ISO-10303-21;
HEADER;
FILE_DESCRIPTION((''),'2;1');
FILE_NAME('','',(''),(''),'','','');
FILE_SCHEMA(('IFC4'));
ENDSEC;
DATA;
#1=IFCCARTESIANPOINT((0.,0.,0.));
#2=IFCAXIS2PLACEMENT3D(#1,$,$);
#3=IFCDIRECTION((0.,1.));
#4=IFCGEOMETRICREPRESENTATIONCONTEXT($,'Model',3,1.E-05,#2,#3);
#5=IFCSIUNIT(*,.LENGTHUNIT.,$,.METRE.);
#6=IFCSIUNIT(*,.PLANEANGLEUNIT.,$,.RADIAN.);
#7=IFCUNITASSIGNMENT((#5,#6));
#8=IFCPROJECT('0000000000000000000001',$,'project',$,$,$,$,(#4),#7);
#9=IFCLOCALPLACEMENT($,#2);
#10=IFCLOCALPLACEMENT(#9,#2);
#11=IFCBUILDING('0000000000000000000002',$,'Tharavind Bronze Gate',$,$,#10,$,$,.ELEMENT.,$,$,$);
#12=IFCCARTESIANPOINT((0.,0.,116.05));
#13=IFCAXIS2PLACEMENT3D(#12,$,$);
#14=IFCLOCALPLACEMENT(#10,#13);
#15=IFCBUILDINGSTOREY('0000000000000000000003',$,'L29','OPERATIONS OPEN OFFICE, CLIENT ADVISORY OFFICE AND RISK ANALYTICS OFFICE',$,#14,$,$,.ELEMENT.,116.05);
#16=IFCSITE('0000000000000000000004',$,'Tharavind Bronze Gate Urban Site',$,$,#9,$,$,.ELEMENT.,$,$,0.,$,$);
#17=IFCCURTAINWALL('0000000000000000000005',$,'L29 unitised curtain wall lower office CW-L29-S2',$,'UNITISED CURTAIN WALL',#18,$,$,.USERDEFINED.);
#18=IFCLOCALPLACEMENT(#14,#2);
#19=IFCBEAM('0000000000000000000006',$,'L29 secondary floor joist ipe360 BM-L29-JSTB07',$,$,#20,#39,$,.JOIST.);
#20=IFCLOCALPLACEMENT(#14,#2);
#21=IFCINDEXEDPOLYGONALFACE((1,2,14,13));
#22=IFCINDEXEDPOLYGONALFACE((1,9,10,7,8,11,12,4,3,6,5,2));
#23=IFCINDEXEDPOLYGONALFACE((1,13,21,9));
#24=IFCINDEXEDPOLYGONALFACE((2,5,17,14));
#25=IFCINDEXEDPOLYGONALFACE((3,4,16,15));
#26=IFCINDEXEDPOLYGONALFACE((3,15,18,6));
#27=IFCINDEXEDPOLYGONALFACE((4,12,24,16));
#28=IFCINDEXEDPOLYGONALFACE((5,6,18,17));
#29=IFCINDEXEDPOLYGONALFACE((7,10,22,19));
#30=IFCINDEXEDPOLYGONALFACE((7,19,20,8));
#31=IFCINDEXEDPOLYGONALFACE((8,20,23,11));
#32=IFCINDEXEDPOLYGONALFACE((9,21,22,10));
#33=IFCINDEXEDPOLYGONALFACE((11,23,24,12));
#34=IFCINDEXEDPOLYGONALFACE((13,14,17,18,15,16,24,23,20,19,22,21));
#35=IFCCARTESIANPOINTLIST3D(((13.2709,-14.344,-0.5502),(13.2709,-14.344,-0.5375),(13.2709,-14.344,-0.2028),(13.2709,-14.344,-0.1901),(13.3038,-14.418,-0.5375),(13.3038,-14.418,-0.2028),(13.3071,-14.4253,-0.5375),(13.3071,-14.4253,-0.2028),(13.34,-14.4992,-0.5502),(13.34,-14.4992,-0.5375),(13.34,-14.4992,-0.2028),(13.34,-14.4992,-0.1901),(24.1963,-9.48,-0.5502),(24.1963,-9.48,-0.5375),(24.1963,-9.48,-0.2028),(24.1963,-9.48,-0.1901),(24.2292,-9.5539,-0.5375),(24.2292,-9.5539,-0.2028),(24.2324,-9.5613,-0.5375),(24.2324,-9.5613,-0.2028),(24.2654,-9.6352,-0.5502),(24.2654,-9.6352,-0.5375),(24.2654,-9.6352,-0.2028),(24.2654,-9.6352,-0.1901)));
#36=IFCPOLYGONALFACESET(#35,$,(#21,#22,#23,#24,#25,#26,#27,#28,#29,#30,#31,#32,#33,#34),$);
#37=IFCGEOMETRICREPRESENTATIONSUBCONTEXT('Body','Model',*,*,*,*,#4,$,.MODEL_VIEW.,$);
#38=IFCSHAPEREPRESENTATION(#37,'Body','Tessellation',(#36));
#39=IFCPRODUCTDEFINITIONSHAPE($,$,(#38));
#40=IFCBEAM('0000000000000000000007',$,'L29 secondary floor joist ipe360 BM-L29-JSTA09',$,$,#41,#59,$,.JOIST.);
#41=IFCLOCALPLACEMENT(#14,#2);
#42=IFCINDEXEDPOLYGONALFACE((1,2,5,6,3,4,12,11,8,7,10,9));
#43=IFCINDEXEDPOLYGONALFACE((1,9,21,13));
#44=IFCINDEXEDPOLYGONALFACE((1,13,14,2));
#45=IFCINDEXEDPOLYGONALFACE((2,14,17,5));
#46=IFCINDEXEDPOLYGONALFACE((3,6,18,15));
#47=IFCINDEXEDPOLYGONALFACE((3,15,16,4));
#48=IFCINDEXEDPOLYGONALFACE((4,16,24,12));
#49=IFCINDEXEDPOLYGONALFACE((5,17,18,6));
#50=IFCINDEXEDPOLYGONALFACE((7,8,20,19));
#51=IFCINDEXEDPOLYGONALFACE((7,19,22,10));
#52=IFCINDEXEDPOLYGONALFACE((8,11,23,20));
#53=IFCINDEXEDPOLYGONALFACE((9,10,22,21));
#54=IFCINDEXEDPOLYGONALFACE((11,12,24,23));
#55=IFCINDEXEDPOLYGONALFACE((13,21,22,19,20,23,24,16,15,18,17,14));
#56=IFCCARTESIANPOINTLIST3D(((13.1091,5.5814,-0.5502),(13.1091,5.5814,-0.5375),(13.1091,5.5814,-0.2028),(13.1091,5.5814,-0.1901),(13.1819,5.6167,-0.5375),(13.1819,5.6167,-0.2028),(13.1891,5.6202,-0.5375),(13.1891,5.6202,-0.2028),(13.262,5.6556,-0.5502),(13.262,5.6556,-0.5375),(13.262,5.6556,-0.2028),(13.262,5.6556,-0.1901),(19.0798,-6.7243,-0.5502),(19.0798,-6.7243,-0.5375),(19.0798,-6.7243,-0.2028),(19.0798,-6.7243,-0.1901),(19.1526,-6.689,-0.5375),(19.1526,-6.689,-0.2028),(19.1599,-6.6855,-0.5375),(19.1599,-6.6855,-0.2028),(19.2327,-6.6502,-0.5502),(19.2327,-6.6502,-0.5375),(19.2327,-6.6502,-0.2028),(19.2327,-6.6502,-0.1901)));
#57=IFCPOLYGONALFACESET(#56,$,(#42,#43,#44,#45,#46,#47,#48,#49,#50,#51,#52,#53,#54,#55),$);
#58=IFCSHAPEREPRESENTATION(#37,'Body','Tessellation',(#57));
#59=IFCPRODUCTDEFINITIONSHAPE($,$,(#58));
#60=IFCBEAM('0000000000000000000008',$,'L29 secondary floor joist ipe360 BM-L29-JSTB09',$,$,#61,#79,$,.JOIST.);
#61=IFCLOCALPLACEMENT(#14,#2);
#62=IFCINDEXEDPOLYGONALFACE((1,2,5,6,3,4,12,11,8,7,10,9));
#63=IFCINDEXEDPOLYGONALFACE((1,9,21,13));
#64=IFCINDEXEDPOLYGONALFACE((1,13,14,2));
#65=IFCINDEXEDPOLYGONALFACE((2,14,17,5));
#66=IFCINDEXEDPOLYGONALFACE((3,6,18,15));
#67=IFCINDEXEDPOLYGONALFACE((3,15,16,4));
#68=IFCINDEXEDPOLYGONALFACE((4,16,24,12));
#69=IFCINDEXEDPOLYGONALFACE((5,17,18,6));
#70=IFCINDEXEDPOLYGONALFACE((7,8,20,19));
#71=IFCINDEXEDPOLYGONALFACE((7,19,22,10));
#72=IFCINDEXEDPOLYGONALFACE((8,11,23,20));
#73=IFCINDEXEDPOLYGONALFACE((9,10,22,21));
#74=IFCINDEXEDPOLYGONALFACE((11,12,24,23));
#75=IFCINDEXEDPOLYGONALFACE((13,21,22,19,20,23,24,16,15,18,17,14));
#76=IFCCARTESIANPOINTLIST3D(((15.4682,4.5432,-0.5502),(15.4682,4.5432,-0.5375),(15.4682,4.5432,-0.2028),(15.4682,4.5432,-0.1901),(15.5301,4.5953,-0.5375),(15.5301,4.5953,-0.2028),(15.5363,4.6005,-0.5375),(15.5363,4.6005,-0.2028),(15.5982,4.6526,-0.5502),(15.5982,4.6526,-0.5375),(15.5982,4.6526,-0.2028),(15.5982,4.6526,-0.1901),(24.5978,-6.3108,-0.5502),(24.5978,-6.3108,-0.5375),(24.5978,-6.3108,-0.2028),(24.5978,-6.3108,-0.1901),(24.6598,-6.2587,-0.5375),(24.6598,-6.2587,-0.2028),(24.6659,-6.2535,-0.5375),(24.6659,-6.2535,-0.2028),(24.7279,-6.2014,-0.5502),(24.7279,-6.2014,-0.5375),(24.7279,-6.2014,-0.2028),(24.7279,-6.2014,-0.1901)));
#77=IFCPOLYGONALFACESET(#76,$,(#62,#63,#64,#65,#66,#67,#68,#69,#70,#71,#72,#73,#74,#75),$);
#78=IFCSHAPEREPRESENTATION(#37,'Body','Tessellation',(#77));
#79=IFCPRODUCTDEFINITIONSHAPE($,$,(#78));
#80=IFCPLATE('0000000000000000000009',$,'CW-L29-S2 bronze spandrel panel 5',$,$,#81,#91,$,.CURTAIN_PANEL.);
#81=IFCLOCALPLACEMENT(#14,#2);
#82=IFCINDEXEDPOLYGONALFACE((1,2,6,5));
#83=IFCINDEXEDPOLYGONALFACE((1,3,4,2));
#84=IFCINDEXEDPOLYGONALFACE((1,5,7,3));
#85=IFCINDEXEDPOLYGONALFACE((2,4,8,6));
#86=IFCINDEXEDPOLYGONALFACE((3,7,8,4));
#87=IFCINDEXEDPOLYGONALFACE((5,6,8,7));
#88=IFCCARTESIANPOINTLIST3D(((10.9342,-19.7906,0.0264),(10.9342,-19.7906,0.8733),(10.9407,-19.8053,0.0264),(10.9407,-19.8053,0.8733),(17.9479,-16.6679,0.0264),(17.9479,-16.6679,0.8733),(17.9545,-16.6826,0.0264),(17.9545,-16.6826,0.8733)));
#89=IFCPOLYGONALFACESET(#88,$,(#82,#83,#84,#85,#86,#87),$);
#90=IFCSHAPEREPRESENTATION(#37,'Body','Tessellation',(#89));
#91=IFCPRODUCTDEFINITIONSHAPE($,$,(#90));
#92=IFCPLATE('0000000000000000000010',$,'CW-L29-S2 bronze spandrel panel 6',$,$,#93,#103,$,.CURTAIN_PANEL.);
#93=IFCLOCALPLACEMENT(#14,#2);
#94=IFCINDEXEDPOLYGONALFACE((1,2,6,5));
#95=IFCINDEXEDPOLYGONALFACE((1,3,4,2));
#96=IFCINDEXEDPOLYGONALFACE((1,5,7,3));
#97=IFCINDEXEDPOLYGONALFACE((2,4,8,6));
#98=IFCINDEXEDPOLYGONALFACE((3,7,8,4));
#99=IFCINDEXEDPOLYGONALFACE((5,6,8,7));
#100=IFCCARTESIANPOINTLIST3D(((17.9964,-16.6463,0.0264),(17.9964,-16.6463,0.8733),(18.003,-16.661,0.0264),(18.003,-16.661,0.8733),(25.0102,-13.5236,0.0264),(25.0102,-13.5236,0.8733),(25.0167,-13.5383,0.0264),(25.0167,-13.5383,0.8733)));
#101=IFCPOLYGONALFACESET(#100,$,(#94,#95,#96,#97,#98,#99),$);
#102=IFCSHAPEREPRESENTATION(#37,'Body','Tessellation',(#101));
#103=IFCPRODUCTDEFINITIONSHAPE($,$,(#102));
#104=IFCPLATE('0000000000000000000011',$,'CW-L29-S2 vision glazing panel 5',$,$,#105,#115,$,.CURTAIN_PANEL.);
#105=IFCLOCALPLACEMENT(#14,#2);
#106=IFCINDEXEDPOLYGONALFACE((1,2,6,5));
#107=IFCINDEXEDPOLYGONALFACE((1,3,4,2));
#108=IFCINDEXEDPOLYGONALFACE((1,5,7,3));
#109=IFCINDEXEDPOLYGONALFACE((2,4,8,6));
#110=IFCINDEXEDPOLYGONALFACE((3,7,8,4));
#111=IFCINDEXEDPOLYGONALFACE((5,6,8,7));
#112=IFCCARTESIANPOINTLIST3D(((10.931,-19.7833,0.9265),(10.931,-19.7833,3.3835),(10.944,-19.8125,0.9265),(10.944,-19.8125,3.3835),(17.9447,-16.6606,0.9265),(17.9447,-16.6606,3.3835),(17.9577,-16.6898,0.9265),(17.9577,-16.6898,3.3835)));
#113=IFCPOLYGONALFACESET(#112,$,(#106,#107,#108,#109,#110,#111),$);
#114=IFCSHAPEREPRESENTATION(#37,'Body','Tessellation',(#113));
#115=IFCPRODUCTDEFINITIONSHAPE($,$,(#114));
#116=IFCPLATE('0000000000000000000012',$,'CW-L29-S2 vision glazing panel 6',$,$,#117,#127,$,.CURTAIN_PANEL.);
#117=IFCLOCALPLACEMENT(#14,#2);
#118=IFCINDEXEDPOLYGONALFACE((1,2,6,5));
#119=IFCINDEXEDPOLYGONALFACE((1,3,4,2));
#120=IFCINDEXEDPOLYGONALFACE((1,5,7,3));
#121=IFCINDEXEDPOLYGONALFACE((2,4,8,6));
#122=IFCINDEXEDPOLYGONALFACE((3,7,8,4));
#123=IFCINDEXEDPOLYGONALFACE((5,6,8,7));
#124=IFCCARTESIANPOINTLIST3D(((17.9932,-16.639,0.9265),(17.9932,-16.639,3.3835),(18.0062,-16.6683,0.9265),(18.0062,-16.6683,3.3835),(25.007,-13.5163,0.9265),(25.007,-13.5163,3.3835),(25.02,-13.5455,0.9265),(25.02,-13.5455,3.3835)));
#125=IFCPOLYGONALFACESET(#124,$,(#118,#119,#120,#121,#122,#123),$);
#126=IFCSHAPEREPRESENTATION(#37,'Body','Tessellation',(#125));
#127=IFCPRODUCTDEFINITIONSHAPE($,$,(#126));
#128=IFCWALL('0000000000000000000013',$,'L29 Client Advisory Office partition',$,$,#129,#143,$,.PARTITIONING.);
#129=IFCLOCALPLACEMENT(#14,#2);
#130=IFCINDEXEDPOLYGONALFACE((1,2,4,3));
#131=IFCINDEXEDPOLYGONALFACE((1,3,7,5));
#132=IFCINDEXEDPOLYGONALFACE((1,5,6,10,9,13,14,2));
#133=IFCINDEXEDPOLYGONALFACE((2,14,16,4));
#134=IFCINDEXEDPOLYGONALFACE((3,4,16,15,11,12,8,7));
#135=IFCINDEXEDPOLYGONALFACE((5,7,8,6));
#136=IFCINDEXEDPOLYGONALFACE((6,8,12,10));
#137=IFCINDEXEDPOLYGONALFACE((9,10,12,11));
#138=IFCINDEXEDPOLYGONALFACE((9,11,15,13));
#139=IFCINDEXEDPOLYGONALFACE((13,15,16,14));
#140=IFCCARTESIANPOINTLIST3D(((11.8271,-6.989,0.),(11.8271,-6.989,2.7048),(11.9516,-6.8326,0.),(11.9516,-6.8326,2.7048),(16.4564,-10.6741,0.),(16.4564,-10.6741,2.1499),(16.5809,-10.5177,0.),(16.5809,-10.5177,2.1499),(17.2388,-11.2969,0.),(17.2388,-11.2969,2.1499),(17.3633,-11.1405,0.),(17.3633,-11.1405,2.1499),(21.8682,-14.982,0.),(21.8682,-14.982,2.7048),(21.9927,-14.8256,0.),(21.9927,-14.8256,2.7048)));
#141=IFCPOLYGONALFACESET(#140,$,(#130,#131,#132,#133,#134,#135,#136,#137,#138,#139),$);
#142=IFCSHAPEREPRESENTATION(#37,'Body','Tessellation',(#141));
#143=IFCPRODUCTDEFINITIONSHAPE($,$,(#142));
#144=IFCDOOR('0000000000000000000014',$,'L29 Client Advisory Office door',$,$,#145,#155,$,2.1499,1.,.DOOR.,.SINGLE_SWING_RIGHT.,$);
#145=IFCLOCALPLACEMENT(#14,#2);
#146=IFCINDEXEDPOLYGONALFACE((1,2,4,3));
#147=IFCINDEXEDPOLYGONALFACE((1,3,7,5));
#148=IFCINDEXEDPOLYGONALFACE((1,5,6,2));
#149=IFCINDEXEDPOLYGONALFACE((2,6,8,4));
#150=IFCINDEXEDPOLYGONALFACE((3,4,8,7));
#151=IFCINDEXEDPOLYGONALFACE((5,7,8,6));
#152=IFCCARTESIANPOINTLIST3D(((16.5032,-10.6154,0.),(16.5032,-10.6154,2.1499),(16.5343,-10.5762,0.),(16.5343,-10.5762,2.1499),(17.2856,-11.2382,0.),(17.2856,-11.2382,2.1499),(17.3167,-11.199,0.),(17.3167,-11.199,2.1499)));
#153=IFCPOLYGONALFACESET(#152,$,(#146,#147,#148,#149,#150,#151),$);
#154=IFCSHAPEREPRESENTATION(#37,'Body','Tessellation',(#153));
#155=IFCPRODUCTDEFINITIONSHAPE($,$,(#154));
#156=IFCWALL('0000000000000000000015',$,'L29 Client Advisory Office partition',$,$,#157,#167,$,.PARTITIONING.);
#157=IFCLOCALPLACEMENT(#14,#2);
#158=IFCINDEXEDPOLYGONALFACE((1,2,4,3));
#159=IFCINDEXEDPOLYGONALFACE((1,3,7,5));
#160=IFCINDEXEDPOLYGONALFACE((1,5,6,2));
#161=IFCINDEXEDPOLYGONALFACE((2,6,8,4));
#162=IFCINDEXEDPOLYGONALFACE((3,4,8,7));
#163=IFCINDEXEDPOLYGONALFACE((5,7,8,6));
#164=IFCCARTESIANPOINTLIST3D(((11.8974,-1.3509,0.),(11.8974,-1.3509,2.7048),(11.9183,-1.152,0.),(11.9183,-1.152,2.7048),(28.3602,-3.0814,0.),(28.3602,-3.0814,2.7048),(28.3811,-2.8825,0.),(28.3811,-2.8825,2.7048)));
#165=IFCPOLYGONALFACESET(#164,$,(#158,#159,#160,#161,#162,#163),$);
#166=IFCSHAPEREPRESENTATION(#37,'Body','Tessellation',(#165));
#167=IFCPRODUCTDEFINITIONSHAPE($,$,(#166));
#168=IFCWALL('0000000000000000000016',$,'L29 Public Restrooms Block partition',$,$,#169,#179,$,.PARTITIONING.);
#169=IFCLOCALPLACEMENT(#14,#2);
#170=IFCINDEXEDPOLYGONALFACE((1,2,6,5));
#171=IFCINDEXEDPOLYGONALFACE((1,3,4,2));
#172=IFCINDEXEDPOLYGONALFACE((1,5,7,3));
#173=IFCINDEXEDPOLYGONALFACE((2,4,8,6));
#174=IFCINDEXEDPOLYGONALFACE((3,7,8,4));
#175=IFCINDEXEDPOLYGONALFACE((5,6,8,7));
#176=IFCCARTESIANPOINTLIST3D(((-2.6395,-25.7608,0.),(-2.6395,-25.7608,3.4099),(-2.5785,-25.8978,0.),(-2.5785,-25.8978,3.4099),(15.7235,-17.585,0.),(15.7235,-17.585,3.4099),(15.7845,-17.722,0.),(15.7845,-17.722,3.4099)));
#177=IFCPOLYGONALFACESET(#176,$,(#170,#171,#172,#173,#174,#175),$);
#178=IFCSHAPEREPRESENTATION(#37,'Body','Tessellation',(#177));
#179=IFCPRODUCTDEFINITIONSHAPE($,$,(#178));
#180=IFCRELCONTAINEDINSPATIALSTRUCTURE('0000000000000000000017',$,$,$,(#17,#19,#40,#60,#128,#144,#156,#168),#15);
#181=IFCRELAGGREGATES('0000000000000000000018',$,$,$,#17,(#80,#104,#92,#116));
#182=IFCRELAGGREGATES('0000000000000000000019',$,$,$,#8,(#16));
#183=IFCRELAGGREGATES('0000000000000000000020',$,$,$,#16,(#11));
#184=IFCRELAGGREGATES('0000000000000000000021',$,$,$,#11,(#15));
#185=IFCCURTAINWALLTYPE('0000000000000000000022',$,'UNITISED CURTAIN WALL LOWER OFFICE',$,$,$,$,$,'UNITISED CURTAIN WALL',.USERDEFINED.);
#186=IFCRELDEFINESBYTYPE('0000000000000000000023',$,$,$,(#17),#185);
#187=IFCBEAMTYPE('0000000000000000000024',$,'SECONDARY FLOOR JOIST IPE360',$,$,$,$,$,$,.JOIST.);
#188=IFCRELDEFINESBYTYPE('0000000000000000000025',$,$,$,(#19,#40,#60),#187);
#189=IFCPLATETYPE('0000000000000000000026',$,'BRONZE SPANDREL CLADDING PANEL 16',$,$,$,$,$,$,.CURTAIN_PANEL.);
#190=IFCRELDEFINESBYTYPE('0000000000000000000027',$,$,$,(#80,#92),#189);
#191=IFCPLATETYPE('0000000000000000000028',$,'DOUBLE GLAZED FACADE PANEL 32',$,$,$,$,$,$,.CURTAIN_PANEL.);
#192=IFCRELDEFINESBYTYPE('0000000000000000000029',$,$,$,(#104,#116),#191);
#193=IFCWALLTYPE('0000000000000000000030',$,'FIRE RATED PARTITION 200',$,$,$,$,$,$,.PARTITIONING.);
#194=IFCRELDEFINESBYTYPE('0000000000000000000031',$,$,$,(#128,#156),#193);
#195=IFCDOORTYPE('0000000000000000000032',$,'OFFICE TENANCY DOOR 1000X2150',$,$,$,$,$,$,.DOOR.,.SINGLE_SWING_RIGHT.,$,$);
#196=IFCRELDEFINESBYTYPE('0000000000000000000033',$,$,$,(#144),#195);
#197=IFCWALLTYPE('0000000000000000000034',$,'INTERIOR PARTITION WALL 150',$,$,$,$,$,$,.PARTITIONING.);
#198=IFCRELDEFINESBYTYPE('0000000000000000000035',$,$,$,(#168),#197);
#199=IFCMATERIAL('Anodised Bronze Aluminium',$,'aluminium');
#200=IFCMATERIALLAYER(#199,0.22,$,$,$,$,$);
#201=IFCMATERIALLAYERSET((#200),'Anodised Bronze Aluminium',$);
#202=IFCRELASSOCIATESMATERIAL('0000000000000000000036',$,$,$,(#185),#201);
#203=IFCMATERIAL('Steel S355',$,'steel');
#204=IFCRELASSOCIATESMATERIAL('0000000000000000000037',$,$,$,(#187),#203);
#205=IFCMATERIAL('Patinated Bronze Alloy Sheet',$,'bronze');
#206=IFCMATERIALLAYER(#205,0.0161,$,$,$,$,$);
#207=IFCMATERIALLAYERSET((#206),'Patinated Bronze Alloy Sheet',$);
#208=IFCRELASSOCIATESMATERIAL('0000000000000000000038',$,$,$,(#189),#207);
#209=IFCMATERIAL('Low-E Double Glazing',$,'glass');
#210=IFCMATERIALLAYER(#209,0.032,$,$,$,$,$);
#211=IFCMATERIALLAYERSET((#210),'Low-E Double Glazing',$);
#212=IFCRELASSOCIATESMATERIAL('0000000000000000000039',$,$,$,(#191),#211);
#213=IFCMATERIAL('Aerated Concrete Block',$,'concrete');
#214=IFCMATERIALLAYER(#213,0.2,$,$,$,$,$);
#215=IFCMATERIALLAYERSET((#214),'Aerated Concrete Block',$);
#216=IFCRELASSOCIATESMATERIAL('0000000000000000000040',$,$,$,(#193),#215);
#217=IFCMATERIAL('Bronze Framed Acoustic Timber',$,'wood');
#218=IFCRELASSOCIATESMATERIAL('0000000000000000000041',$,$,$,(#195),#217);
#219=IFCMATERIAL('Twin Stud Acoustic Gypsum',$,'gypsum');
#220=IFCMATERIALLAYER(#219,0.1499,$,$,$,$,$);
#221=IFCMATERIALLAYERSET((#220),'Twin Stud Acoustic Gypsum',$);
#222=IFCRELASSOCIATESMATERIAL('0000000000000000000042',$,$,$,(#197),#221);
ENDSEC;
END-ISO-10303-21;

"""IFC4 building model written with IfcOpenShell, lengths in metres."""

from ifc_helpers import new_model, si_unit, direction, frame, frame_2d, origin, origin_2d, place, context, subcontext, project, spatial, rectangle, i_section, extrude, material, layer, layer_set, material_profile, profile_set, type_object, element, fill, aggregate, save


model = new_model("IFC4")

# Units and contexts
model_context = context("Model", 3, precision=1e-05, world=origin(), true_north=direction((0.0, 1.0)))
body_context = subcontext(model_context, "Body", "Model", "MODEL_VIEW")
ifc_project = project(units=[si_unit("LENGTHUNIT", "METRE"), si_unit("PLANEANGLEUNIT", "RADIAN")], contexts=[model_context])

# Site, building, storey
site_placement = place(None, origin())
site = spatial("IfcSite", under=ifc_project, at=site_placement, Name="Tharavind Bronze Gate Urban Site", CompositionType="ELEMENT", RefElevation=0.0)
building_placement = place(site_placement, origin())
building = spatial("IfcBuilding", under=site, at=building_placement, Name="Tharavind Bronze Gate", CompositionType="ELEMENT")
storey_placement = place(building_placement, frame((0.0, 0.0, 116.05)))
storey = spatial("IfcBuildingStorey", under=building, at=storey_placement, Name="L29", Description="OPERATIONS OPEN OFFICE, CLIENT ADVISORY OFFICE AND RISK ANALYTICS OFFICE", CompositionType="ELEMENT", Elevation=116.05)

# Curtain wall
ifc_material_1 = material(Name="Anodised Bronze Aluminium", Category="aluminium")
ifc_layer_1 = layer(ifc_material_1, 0.22)
ifc_layer_set_1 = layer_set([ifc_layer_1], Name="Anodised Bronze Aluminium")
curtain_wall_type = type_object("IfcCurtainWallType", Name="UNITISED CURTAIN WALL LOWER OFFICE", ElementType="UNITISED CURTAIN WALL", PredefinedType="USERDEFINED", material=ifc_layer_set_1)
curtain_wall_placement = place(storey_placement, origin())
curtain_wall = element("IfcCurtainWall", 1, at=curtain_wall_placement, inside=storey, type_object=curtain_wall_type, Name="L29 unitised curtain wall lower office CW-L29-S2", ObjectType="UNITISED CURTAIN WALL", PredefinedType="USERDEFINED")

# Beams
ifc_material_2 = material(Name="Steel S355", Category="steel")
ifc_material_profile_1 = material_profile(ifc_material_2, i_section(OverallWidth=0.1699, OverallDepth=0.3601, WebThickness=0.0081, FlangeThickness=0.0127, at=origin_2d()), Name="IPE360")
ifc_profile_set_1 = profile_set([ifc_material_profile_1], Name="Steel S355")
beam_type_1 = type_object("IfcBeamType", Name="SECONDARY FLOOR JOIST IPE360", PredefinedType="JOIST", material=ifc_profile_set_1)
beam_1_placement = place(storey_placement, frame((13.3054, -14.4216, -0.3701), z_axis=(0.913553, 0.40672, 0.0), x_axis=(-0.40672, 0.913553, 0.0)))
element("IfcBeam", 2, at=beam_1_placement, inside=storey, type_object=beam_type_1, Name="L29 secondary floor joist ipe360 BM-L29-JSTB07", PredefinedType="JOIST", context=body_context, shape_type="SweptSolid", body=[
    extrude(i_section(OverallWidth=0.1699, OverallDepth=0.3601, WebThickness=0.0081, FlangeThickness=0.0127, at=origin_2d()), origin(), (0.0, 0.0, 1.0), 11.9592),
])
beam_2_placement = place(storey_placement, frame((19.1562, -6.6873, -0.3701), z_axis=(-0.436529, 0.89969, 0.0), x_axis=(-0.89969, -0.436529, 0.0)))
element("IfcBeam", 3, at=beam_2_placement, inside=storey, type_object=beam_type_1, Name="L29 secondary floor joist ipe360 BM-L29-JSTA09", PredefinedType="JOIST", context=body_context, shape_type="SweptSolid", body=[
    extrude(i_section(OverallWidth=0.1699, OverallDepth=0.3601, WebThickness=0.0081, FlangeThickness=0.0127, at=origin_2d()), origin(), (0.0, 0.0, 1.0), 13.6777),
])
beam_3_placement = place(storey_placement, frame((24.6628, -6.2561, -0.3701), z_axis=(-0.643699, 0.765278, 0.0), x_axis=(-0.765278, -0.643699, 0.0)))
element("IfcBeam", 4, at=beam_3_placement, inside=storey, type_object=beam_type_1, Name="L29 secondary floor joist ipe360 BM-L29-JSTB09", PredefinedType="JOIST", context=body_context, shape_type="SweptSolid", body=[
    extrude(i_section(OverallWidth=0.1699, OverallDepth=0.3601, WebThickness=0.0081, FlangeThickness=0.0127, at=origin_2d()), origin(), (0.0, 0.0, 1.0), 14.1831),
])

# Plates
ifc_material_3 = material(Name="Patinated Bronze Alloy Sheet", Category="bronze")
ifc_layer_2 = layer(ifc_material_3, 0.0161)
ifc_layer_set_2 = layer_set([ifc_layer_2], Name="Patinated Bronze Alloy Sheet")
plate_type_1 = type_object("IfcPlateType", Name="BRONZE SPANDREL CLADDING PANEL 16", PredefinedType="CURTAIN_PANEL", material=ifc_layer_set_2)
plate_1_placement = place(storey_placement, frame((14.4443, -18.2366, 0.0264), z_axis=(0.0, 0.0, 1.0), x_axis=(0.913545, 0.406737, 0.0)))
plate_1 = element("IfcPlate", 5, at=plate_1_placement, type_object=plate_type_1, Name="CW-L29-S2 bronze spandrel panel 5", PredefinedType="CURTAIN_PANEL", context=body_context, shape_type="SweptSolid", body=[
    extrude(rectangle(XDim=7.6775, YDim=0.0161, at=origin_2d()), origin(), (0.0, 0.0, 1.0), 0.8469),
])
plate_2_placement = place(storey_placement, frame((21.5066, -15.0923, 0.0264), z_axis=(0.0, 0.0, 1.0), x_axis=(0.913545, 0.406737, 0.0)))
plate_2 = element("IfcPlate", 6, at=plate_2_placement, type_object=plate_type_1, Name="CW-L29-S2 bronze spandrel panel 6", PredefinedType="CURTAIN_PANEL", context=body_context, shape_type="SweptSolid", body=[
    extrude(rectangle(XDim=7.6775, YDim=0.0161, at=origin_2d()), origin(), (0.0, 0.0, 1.0), 0.8469),
])
ifc_material_4 = material(Name="Low-E Double Glazing", Category="glass")
ifc_layer_3 = layer(ifc_material_4, 0.032)
ifc_layer_set_3 = layer_set([ifc_layer_3], Name="Low-E Double Glazing")
plate_type_2 = type_object("IfcPlateType", Name="DOUBLE GLAZED FACADE PANEL 32", PredefinedType="CURTAIN_PANEL", material=ifc_layer_set_3)
plate_3_placement = place(storey_placement, frame((14.4443, -18.2366, 0.9265), z_axis=(0.0, 0.0, 1.0), x_axis=(0.913545, 0.406737, 0.0)))
plate_3 = element("IfcPlate", 7, at=plate_3_placement, type_object=plate_type_2, Name="CW-L29-S2 vision glazing panel 5", PredefinedType="CURTAIN_PANEL", context=body_context, shape_type="SweptSolid", body=[
    extrude(rectangle(XDim=7.6775, YDim=0.032, at=origin_2d()), origin(), (0.0, 0.0, 1.0), 2.457),
])
plate_4_placement = place(storey_placement, frame((21.5066, -15.0923, 0.9265), z_axis=(0.0, 0.0, 1.0), x_axis=(0.913545, 0.406737, 0.0)))
plate_4 = element("IfcPlate", 8, at=plate_4_placement, type_object=plate_type_2, Name="CW-L29-S2 vision glazing panel 6", PredefinedType="CURTAIN_PANEL", context=body_context, shape_type="SweptSolid", body=[
    extrude(rectangle(XDim=7.6775, YDim=0.032, at=origin_2d()), origin(), (0.0, 0.0, 1.0), 2.457),
])
aggregate(curtain_wall, [plate_1, plate_3, plate_2, plate_4])

# Wall, opening, door
ifc_material_5 = material(Name="Aerated Concrete Block", Category="concrete")
ifc_layer_4 = layer(ifc_material_5, 0.2)
ifc_layer_set_4 = layer_set([ifc_layer_4], Name="Aerated Concrete Block")
wall_type_1 = type_object("IfcWallType", Name="FIRE RATED PARTITION 200", PredefinedType="PARTITIONING", material=ifc_layer_set_4)
wall_1_placement = place(storey_placement, frame((21.9304, -14.9038, 0.0), z_axis=(0.0, 0.0, 1.0), x_axis=(-0.782383, 0.622798, 0.0)))
wall_1 = element("IfcWall", 9, at=wall_1_placement, inside=storey, type_object=wall_type_1, Name="L29 Client Advisory Office partition", PredefinedType="PARTITIONING", context=body_context, shape_type="SweptSolid", body=[
    extrude(rectangle(XDim=12.834, YDim=0.2, at=frame_2d((6.417, 0.0))), origin(), (0.0, 0.0, 1.0), 2.7048),
])
opening_placement = place(wall_1_placement, frame((5.917, 0.0, 0.0)))
opening = element("IfcOpeningElement", 10, at=opening_placement, cuts=wall_1, PredefinedType="OPENING", context=body_context, shape_type="SweptSolid", body=[
    extrude(rectangle(XDim=1.0, YDim=2.1499, at=frame_2d((0.5, 1.075))), frame((0.0, 0.1101, 0.0), z_axis=(0.0, -1.0, 0.0), x_axis=(1.0, 0.0, 0.0)), (0.0, 0.0, 1.0), 0.22),
])
ifc_material_6 = material(Name="Bronze Framed Acoustic Timber", Category="wood")
door_type = type_object("IfcDoorType", Name="OFFICE TENANCY DOOR 1000X2150", OperationType="SINGLE_SWING_RIGHT", PredefinedType="DOOR", material=ifc_material_6)
door_placement = place(opening_placement, origin())
door = element("IfcDoor", 11, at=door_placement, inside=storey, type_object=door_type, Name="L29 Client Advisory Office door", OperationType="SINGLE_SWING_RIGHT", OverallHeight=2.1499, OverallWidth=1.0, PredefinedType="DOOR", context=body_context, shape_type="SweptSolid", body=[
    extrude(rectangle(XDim=1.0, YDim=2.1499, at=frame_2d((0.5, 1.075))), frame((0.0, 0.0249, 0.0), z_axis=(0.0, -1.0, 0.0), x_axis=(1.0, 0.0, 0.0)), (0.0, 0.0, 1.0), 0.05),
])
fill(opening, door)

# Walls
wall_2_placement = place(storey_placement, frame((11.9077, -1.2515, 0.0), z_axis=(0.0, 0.0, 1.0), x_axis=(0.994521, -0.104537, 0.0)))
element("IfcWall", 12, at=wall_2_placement, inside=storey, type_object=wall_type_1, Name="L29 Client Advisory Office partition", PredefinedType="PARTITIONING", context=body_context, shape_type="SweptSolid", body=[
    extrude(rectangle(XDim=16.5535, YDim=0.2, at=frame_2d((8.2769, 0.0))), origin(), (0.0, 0.0, 1.0), 2.7048),
])
ifc_material_7 = material(Name="Twin Stud Acoustic Gypsum", Category="gypsum")
ifc_layer_5 = layer(ifc_material_7, 0.1499)
ifc_layer_set_5 = layer_set([ifc_layer_5], Name="Twin Stud Acoustic Gypsum")
wall_type_2 = type_object("IfcWallType", Name="INTERIOR PARTITION WALL 150", PredefinedType="PARTITIONING", material=ifc_layer_set_5)
wall_3_placement = place(storey_placement, frame((15.7539, -17.6536, 0.0), z_axis=(0.0, 0.0, 1.0), x_axis=(-0.913545, -0.406738, 0.0)))
element("IfcWall", 13, at=wall_3_placement, inside=storey, type_object=wall_type_2, Name="L29 Public Restrooms Block partition", PredefinedType="PARTITIONING", context=body_context, shape_type="SweptSolid", body=[
    extrude(rectangle(XDim=20.1008, YDim=0.1499, at=frame_2d((10.0503, 0.0))), origin(), (0.0, 0.0, 1.0), 3.4099),
])

save(model, "model.ifc")
